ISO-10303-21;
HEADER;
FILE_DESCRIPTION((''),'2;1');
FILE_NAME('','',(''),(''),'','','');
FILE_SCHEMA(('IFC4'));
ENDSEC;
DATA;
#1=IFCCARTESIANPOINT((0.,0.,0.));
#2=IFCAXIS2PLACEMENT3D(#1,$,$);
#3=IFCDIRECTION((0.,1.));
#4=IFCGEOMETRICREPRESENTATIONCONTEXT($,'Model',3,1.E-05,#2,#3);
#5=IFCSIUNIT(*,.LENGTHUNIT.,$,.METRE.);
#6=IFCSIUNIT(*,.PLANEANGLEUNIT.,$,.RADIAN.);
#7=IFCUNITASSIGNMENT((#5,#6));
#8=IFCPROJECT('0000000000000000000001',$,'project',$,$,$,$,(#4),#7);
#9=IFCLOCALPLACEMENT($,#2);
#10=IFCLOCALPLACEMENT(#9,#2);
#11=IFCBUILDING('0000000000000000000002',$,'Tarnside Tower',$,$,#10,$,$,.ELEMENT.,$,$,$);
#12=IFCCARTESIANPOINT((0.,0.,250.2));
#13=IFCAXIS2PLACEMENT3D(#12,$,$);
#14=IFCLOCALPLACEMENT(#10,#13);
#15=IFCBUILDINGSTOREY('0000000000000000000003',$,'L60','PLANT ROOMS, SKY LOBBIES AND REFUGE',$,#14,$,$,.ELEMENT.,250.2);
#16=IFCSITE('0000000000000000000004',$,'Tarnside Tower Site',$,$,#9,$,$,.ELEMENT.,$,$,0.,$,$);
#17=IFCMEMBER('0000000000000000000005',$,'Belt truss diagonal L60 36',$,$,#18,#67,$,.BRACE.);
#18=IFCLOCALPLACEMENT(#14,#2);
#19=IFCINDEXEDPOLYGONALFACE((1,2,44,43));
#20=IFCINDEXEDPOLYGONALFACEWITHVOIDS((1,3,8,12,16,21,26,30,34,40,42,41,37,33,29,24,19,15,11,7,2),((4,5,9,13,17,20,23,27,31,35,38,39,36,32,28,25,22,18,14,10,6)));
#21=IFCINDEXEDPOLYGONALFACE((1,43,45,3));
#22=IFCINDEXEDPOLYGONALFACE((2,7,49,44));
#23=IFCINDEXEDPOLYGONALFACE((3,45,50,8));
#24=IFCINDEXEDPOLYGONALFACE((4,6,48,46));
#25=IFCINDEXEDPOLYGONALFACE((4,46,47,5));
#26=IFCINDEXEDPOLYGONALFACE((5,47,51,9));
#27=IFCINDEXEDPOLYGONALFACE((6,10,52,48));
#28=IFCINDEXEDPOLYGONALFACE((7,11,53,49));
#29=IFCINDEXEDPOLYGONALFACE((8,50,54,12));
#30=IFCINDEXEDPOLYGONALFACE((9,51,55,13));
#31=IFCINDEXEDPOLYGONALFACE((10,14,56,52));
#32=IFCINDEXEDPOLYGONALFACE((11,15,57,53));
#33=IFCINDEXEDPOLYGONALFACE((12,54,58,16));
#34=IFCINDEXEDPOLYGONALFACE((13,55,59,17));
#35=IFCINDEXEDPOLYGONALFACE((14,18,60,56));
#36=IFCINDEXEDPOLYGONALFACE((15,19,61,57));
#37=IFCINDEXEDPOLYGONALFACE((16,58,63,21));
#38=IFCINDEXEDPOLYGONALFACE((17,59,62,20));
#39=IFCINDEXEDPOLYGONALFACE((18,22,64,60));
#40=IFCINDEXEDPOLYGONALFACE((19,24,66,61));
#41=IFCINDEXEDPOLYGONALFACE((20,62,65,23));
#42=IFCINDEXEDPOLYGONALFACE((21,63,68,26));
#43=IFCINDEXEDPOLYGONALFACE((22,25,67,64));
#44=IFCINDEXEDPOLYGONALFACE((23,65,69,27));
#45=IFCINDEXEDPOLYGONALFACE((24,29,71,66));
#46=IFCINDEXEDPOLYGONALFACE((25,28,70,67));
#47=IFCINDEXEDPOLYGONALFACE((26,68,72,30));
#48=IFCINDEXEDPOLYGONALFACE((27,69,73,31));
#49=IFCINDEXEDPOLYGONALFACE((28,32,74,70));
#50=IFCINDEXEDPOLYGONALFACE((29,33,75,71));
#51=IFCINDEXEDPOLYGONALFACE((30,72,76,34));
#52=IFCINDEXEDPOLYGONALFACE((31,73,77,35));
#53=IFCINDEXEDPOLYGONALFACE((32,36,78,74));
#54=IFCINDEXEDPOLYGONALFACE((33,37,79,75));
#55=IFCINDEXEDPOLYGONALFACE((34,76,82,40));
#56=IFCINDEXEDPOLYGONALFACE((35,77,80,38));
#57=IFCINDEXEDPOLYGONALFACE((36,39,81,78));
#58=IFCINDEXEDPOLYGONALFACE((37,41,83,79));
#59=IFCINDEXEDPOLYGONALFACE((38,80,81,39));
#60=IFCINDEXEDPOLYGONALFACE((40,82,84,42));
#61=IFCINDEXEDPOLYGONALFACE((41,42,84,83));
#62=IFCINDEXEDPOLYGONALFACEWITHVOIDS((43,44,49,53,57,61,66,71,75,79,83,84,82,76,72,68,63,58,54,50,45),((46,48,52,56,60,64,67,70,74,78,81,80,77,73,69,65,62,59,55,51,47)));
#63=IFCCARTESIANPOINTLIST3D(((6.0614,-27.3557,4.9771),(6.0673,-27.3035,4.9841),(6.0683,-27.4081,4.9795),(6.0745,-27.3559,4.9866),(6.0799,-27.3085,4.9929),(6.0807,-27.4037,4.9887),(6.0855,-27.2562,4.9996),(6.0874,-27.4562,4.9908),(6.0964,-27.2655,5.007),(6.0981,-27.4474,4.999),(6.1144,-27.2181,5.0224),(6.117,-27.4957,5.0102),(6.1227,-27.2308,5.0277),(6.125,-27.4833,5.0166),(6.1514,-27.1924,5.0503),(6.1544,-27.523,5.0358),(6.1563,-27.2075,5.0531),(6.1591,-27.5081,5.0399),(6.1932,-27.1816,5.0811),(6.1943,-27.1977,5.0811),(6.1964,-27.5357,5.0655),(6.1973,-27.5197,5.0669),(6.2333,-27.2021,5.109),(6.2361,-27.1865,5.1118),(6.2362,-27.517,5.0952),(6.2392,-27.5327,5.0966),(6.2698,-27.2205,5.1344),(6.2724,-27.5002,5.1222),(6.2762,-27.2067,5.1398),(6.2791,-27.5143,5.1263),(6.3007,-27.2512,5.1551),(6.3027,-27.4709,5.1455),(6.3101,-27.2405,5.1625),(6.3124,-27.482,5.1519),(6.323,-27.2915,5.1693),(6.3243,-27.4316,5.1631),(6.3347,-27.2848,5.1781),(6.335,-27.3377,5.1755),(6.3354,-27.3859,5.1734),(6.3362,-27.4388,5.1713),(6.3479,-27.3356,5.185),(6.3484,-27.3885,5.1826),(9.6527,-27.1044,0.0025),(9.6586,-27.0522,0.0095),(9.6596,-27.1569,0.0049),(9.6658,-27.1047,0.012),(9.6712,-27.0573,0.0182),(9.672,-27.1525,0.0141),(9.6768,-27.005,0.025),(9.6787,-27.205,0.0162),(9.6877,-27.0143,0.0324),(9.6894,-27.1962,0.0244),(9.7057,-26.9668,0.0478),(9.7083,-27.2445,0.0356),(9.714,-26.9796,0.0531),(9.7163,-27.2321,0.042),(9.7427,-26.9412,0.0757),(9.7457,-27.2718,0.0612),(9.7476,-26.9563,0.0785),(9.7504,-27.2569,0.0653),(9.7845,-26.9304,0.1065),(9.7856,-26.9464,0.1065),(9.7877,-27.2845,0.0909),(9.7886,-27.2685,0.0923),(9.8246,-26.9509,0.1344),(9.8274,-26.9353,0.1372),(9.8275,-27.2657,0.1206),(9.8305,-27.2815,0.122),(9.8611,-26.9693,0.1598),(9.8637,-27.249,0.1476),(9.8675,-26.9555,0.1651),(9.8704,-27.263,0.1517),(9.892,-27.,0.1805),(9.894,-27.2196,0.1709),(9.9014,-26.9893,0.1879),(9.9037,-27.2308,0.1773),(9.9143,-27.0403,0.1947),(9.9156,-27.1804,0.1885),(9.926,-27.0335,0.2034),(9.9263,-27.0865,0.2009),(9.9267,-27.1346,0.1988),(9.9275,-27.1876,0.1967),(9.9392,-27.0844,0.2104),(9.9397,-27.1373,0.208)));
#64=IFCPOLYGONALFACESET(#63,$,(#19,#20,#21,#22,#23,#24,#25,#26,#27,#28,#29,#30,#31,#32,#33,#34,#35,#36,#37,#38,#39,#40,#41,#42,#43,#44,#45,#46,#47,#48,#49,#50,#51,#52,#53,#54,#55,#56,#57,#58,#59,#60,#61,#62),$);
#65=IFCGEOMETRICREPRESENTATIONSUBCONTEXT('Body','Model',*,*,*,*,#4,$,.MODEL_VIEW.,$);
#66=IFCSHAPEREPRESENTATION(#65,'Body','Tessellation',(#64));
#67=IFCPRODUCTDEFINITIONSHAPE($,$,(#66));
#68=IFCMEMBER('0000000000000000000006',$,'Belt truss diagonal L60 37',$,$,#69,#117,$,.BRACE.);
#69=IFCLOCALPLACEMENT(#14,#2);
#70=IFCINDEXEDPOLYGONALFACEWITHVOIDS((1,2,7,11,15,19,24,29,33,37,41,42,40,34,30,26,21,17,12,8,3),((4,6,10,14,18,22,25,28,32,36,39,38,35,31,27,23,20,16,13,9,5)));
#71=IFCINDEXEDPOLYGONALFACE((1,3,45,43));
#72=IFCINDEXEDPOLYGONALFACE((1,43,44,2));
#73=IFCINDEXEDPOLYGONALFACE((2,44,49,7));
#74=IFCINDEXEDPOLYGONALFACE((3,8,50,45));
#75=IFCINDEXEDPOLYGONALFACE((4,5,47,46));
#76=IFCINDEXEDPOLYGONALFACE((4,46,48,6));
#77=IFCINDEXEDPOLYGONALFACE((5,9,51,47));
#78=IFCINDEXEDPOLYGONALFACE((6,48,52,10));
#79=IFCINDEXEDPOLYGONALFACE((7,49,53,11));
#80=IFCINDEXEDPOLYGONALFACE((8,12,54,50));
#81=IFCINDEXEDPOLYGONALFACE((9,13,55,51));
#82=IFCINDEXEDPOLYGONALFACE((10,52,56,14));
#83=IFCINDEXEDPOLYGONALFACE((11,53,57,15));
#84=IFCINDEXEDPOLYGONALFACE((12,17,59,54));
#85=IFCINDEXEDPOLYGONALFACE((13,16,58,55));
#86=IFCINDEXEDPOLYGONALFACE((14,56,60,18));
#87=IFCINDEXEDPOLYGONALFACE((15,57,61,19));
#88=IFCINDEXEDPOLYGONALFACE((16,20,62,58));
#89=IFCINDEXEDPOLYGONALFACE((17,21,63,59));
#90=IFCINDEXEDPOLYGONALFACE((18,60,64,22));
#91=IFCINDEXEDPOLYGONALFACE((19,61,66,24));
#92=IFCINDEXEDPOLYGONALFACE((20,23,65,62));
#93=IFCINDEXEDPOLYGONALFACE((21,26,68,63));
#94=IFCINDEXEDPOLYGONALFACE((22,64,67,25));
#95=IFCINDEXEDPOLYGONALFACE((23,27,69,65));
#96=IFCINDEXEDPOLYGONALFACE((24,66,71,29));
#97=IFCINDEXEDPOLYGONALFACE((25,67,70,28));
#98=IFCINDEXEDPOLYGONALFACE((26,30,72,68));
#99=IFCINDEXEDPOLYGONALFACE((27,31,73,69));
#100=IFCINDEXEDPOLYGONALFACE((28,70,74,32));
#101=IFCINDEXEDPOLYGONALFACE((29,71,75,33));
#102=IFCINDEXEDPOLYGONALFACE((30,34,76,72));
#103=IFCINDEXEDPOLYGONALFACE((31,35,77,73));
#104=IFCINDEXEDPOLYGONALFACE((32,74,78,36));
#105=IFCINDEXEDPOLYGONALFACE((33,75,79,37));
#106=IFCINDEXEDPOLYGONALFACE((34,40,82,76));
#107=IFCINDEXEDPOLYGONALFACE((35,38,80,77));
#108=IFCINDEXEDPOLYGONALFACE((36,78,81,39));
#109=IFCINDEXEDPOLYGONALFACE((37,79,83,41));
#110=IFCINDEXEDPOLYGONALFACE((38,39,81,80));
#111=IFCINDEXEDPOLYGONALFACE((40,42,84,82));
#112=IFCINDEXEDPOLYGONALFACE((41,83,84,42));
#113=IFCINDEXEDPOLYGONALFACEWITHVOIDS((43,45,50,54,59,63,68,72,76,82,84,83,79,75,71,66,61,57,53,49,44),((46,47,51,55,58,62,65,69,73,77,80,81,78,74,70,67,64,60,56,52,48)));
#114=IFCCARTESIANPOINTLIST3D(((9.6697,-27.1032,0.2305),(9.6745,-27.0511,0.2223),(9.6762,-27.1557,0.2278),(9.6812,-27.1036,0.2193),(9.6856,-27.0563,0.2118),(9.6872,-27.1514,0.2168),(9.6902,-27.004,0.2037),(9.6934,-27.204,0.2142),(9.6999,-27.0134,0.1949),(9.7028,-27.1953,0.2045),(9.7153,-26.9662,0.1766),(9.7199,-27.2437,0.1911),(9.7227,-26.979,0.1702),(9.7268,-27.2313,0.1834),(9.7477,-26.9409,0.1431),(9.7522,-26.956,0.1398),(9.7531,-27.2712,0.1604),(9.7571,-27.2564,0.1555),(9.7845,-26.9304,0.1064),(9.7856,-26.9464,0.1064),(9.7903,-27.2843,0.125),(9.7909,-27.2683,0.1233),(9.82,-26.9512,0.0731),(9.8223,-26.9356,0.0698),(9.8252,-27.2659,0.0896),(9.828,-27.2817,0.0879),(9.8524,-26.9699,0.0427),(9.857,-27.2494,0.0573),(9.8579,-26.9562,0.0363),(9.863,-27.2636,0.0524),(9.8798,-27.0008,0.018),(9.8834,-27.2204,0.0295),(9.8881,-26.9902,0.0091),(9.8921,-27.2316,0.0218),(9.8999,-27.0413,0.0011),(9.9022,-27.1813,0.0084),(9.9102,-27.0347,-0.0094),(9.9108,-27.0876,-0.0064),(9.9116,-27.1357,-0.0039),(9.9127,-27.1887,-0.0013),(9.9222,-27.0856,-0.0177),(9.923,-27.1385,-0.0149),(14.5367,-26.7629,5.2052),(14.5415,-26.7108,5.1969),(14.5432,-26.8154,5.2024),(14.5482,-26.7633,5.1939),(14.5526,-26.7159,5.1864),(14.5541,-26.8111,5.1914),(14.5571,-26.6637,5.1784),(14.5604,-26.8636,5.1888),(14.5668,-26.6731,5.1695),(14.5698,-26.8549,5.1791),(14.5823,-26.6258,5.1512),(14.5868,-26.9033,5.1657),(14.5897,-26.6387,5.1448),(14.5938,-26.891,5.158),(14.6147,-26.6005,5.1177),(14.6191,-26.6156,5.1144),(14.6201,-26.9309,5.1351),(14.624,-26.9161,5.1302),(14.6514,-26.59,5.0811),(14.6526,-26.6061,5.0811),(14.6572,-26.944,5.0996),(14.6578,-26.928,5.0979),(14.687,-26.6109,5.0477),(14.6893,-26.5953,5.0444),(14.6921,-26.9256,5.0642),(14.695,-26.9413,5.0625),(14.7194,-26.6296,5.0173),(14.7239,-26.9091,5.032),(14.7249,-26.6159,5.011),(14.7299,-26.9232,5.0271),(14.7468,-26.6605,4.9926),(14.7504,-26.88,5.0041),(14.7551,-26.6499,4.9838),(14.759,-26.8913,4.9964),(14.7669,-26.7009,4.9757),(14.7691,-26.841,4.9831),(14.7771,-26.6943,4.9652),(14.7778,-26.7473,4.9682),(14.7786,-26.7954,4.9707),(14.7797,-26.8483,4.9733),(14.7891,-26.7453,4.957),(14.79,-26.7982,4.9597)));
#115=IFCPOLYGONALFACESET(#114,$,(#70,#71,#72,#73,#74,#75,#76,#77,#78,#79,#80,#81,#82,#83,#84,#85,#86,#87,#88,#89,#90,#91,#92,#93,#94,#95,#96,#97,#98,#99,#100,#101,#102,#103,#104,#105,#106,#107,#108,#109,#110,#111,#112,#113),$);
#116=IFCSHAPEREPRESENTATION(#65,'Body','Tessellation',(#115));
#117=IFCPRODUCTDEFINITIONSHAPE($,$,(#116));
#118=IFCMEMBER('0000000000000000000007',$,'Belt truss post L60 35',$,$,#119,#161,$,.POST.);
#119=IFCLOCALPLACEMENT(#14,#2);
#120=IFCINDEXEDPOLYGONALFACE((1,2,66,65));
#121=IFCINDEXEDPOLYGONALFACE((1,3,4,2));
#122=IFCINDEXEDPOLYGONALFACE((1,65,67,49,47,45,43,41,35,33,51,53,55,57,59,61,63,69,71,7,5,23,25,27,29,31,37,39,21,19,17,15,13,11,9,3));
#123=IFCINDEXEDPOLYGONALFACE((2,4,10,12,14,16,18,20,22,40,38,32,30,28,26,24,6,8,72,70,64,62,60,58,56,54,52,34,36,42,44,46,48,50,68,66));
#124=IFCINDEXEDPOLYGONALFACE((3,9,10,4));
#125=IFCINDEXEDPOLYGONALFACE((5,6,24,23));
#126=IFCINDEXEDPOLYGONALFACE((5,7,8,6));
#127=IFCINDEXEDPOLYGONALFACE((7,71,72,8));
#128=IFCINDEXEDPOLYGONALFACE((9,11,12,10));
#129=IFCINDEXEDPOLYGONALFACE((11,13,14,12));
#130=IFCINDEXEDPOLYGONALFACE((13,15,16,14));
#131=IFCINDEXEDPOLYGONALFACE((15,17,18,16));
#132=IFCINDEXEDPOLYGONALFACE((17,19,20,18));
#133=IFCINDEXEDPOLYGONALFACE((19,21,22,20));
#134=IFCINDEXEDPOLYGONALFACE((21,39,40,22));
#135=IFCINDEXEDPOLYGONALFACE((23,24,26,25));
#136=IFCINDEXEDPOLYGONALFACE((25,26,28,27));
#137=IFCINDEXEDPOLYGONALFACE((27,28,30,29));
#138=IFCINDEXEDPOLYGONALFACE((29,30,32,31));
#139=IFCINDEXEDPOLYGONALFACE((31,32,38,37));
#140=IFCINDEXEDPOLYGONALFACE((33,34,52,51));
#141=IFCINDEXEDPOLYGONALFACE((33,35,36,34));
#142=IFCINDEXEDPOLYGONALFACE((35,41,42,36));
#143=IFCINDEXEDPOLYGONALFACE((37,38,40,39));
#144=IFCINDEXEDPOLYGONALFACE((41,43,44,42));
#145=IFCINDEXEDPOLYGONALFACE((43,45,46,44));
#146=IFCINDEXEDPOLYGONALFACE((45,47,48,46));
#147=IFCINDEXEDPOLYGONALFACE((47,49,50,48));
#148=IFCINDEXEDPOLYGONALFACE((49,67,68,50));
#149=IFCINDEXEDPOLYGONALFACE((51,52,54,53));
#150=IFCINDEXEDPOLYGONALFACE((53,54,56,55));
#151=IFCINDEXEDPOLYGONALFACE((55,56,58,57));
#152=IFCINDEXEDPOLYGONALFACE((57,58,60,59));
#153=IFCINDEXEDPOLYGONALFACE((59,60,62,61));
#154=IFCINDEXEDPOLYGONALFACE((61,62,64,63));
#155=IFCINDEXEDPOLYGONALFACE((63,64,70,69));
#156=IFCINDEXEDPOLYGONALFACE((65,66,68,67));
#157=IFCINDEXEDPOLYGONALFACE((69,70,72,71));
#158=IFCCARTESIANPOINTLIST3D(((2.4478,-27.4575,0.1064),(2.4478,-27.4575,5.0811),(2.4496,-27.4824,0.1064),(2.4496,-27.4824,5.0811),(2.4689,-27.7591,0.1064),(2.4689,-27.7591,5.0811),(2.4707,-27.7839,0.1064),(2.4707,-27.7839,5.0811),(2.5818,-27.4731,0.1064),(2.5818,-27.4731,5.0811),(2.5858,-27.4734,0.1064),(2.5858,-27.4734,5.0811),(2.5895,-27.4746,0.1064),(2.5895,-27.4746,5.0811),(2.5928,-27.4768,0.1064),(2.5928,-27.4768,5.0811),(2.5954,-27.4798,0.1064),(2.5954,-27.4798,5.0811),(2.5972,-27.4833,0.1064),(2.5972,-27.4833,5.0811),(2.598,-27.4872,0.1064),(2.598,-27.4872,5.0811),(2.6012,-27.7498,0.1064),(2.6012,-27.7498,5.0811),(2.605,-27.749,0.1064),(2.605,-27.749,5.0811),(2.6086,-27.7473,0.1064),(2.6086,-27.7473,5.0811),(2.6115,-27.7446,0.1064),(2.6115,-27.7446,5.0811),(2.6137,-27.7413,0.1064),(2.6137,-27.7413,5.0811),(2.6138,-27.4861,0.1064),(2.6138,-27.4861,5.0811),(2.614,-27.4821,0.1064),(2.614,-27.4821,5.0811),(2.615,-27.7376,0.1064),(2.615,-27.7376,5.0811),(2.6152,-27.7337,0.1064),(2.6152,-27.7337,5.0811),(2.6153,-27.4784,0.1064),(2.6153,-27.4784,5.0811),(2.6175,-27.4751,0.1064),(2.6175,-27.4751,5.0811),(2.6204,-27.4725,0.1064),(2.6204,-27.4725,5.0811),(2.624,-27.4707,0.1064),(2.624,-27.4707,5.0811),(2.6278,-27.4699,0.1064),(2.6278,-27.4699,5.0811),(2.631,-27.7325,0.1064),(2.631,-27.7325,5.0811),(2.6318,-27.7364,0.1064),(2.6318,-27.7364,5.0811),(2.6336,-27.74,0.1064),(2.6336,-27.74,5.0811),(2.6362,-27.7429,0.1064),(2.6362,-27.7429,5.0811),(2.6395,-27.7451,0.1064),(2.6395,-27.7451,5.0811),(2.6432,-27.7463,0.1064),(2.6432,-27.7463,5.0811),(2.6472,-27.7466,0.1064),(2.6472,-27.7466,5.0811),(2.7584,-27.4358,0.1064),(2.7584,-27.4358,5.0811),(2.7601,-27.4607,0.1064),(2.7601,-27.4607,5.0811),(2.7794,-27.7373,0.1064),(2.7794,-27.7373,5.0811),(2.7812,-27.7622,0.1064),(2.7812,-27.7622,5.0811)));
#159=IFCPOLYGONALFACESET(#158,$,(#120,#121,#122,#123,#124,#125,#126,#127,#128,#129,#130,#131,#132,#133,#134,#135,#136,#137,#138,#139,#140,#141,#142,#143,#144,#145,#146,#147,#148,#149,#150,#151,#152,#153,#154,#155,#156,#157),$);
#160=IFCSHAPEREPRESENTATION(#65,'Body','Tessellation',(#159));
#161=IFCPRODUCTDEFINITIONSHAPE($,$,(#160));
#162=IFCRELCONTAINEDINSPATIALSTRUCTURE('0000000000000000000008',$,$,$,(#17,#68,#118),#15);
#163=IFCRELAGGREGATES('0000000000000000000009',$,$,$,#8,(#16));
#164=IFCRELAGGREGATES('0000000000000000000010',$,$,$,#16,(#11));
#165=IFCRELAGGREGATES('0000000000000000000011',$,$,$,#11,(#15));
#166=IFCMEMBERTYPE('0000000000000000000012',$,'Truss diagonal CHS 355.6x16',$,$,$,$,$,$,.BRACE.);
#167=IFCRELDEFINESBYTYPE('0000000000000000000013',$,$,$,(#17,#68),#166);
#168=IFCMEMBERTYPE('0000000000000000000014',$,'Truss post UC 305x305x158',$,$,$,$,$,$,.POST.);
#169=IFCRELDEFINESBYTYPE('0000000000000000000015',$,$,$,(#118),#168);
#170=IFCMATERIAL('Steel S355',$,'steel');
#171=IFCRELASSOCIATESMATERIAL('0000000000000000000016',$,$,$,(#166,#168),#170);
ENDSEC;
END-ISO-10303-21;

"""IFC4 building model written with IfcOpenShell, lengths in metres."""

from ifc_helpers import new_model, si_unit, direction, frame, origin, origin_2d, place, context, subcontext, project, spatial, hollow_circle, i_section, extrude, material, material_profile, profile_set, type_object, element, save


model = new_model("IFC4")

# Units and contexts
model_context = context("Model", 3, precision=1e-05, world=origin(), true_north=direction((0.0, 1.0)))
body_context = subcontext(model_context, "Body", "Model", "MODEL_VIEW")
ifc_project = project(units=[si_unit("LENGTHUNIT", "METRE"), si_unit("PLANEANGLEUNIT", "RADIAN")], contexts=[model_context])

# Site, building, storey
site_placement = place(None, origin())
site = spatial("IfcSite", under=ifc_project, at=site_placement, Name="Tarnside Tower Site", CompositionType="ELEMENT", RefElevation=0.0)
building_placement = place(site_placement, origin())
building = spatial("IfcBuilding", under=site, at=building_placement, Name="Tarnside Tower", CompositionType="ELEMENT")
storey_placement = place(building_placement, frame((0.0, 0.0, 250.2)))
storey = spatial("IfcBuildingStorey", under=building, at=storey_placement, Name="L60", Description="PLANT ROOMS, SKY LOBBIES AND REFUGE", CompositionType="ELEMENT", Elevation=250.2)

# Shared definitions
ifc_material_1 = material(Name="Steel S355", Category="steel")

# Members
ifc_material_profile_1 = material_profile(ifc_material_1, hollow_circle(Radius=0.1777, WallThickness=0.0161, at=origin_2d()), Name="CHS 355.6x16")
ifc_profile_set_1 = profile_set([ifc_material_profile_1], Name="Steel S355")
member_type_1 = type_object("IfcMemberType", Name="Truss diagonal CHS 355.6x16", PredefinedType="BRACE", material=ifc_profile_set_1)
member_1_placement = place(storey_placement, frame((6.2056, -27.3589, 5.0811), z_axis=(0.584844, 0.040911, -0.810114), x_axis=(-0.069782, 0.997562, 0.0)))
element("IfcMember", 1, at=member_1_placement, inside=storey, type_object=member_type_1, Name="Belt truss diagonal L60 36", PredefinedType="BRACE", context=body_context, shape_type="SweptSolid", body=[
    extrude(hollow_circle(Radius=0.1777, WallThickness=0.0161, at=origin_2d()), origin(), (0.0, 0.0, 1.0), 6.1406),
])
member_2_placement = place(storey_placement, frame((9.7969, -27.1077, 0.1064), z_axis=(0.698495, 0.048844, 0.713947), x_axis=(-0.069757, 0.997564, 0.0)))
element("IfcMember", 2, at=member_2_placement, inside=storey, type_object=member_type_1, Name="Belt truss diagonal L60 37", PredefinedType="BRACE", context=body_context, shape_type="SweptSolid", body=[
    extrude(hollow_circle(Radius=0.1777, WallThickness=0.0161, at=origin_2d()), origin(), (0.0, 0.0, 1.0), 6.9678),
])
ifc_material_profile_2 = material_profile(ifc_material_1, i_section(OverallWidth=0.3113, OverallDepth=0.3271, WebThickness=0.0159, FlangeThickness=0.0249, FilletRadius=0.0151, at=origin_2d()), Name="UC 305x305x158")
ifc_profile_set_2 = profile_set([ifc_material_profile_2], Name="Steel S355")
member_type_2 = type_object("IfcMemberType", Name="Truss post UC 305x305x158", PredefinedType="POST", material=ifc_profile_set_2)
for number, where, z_axis, x_axis, name in (
    (3, (2.6145, -27.6099, 0.1064), (0.0, 0.0, 1.0), (0.997564, 0.069756, 0.0), "Belt truss post L60 35"),
):
    element("IfcMember", number, at=place(storey_placement, frame(where, z_axis=z_axis, x_axis=x_axis)), inside=storey, type_object=member_type_2, Name=name, PredefinedType="POST", context=body_context, shape_type="SweptSolid", body=[
        extrude(i_section(OverallWidth=0.3113, OverallDepth=0.3271, WebThickness=0.0159, FlangeThickness=0.0249, FilletRadius=0.0151, at=origin_2d()), origin(), (0.0, 0.0, 1.0), 4.9746),
    ])

save(model, "model.ifc")
